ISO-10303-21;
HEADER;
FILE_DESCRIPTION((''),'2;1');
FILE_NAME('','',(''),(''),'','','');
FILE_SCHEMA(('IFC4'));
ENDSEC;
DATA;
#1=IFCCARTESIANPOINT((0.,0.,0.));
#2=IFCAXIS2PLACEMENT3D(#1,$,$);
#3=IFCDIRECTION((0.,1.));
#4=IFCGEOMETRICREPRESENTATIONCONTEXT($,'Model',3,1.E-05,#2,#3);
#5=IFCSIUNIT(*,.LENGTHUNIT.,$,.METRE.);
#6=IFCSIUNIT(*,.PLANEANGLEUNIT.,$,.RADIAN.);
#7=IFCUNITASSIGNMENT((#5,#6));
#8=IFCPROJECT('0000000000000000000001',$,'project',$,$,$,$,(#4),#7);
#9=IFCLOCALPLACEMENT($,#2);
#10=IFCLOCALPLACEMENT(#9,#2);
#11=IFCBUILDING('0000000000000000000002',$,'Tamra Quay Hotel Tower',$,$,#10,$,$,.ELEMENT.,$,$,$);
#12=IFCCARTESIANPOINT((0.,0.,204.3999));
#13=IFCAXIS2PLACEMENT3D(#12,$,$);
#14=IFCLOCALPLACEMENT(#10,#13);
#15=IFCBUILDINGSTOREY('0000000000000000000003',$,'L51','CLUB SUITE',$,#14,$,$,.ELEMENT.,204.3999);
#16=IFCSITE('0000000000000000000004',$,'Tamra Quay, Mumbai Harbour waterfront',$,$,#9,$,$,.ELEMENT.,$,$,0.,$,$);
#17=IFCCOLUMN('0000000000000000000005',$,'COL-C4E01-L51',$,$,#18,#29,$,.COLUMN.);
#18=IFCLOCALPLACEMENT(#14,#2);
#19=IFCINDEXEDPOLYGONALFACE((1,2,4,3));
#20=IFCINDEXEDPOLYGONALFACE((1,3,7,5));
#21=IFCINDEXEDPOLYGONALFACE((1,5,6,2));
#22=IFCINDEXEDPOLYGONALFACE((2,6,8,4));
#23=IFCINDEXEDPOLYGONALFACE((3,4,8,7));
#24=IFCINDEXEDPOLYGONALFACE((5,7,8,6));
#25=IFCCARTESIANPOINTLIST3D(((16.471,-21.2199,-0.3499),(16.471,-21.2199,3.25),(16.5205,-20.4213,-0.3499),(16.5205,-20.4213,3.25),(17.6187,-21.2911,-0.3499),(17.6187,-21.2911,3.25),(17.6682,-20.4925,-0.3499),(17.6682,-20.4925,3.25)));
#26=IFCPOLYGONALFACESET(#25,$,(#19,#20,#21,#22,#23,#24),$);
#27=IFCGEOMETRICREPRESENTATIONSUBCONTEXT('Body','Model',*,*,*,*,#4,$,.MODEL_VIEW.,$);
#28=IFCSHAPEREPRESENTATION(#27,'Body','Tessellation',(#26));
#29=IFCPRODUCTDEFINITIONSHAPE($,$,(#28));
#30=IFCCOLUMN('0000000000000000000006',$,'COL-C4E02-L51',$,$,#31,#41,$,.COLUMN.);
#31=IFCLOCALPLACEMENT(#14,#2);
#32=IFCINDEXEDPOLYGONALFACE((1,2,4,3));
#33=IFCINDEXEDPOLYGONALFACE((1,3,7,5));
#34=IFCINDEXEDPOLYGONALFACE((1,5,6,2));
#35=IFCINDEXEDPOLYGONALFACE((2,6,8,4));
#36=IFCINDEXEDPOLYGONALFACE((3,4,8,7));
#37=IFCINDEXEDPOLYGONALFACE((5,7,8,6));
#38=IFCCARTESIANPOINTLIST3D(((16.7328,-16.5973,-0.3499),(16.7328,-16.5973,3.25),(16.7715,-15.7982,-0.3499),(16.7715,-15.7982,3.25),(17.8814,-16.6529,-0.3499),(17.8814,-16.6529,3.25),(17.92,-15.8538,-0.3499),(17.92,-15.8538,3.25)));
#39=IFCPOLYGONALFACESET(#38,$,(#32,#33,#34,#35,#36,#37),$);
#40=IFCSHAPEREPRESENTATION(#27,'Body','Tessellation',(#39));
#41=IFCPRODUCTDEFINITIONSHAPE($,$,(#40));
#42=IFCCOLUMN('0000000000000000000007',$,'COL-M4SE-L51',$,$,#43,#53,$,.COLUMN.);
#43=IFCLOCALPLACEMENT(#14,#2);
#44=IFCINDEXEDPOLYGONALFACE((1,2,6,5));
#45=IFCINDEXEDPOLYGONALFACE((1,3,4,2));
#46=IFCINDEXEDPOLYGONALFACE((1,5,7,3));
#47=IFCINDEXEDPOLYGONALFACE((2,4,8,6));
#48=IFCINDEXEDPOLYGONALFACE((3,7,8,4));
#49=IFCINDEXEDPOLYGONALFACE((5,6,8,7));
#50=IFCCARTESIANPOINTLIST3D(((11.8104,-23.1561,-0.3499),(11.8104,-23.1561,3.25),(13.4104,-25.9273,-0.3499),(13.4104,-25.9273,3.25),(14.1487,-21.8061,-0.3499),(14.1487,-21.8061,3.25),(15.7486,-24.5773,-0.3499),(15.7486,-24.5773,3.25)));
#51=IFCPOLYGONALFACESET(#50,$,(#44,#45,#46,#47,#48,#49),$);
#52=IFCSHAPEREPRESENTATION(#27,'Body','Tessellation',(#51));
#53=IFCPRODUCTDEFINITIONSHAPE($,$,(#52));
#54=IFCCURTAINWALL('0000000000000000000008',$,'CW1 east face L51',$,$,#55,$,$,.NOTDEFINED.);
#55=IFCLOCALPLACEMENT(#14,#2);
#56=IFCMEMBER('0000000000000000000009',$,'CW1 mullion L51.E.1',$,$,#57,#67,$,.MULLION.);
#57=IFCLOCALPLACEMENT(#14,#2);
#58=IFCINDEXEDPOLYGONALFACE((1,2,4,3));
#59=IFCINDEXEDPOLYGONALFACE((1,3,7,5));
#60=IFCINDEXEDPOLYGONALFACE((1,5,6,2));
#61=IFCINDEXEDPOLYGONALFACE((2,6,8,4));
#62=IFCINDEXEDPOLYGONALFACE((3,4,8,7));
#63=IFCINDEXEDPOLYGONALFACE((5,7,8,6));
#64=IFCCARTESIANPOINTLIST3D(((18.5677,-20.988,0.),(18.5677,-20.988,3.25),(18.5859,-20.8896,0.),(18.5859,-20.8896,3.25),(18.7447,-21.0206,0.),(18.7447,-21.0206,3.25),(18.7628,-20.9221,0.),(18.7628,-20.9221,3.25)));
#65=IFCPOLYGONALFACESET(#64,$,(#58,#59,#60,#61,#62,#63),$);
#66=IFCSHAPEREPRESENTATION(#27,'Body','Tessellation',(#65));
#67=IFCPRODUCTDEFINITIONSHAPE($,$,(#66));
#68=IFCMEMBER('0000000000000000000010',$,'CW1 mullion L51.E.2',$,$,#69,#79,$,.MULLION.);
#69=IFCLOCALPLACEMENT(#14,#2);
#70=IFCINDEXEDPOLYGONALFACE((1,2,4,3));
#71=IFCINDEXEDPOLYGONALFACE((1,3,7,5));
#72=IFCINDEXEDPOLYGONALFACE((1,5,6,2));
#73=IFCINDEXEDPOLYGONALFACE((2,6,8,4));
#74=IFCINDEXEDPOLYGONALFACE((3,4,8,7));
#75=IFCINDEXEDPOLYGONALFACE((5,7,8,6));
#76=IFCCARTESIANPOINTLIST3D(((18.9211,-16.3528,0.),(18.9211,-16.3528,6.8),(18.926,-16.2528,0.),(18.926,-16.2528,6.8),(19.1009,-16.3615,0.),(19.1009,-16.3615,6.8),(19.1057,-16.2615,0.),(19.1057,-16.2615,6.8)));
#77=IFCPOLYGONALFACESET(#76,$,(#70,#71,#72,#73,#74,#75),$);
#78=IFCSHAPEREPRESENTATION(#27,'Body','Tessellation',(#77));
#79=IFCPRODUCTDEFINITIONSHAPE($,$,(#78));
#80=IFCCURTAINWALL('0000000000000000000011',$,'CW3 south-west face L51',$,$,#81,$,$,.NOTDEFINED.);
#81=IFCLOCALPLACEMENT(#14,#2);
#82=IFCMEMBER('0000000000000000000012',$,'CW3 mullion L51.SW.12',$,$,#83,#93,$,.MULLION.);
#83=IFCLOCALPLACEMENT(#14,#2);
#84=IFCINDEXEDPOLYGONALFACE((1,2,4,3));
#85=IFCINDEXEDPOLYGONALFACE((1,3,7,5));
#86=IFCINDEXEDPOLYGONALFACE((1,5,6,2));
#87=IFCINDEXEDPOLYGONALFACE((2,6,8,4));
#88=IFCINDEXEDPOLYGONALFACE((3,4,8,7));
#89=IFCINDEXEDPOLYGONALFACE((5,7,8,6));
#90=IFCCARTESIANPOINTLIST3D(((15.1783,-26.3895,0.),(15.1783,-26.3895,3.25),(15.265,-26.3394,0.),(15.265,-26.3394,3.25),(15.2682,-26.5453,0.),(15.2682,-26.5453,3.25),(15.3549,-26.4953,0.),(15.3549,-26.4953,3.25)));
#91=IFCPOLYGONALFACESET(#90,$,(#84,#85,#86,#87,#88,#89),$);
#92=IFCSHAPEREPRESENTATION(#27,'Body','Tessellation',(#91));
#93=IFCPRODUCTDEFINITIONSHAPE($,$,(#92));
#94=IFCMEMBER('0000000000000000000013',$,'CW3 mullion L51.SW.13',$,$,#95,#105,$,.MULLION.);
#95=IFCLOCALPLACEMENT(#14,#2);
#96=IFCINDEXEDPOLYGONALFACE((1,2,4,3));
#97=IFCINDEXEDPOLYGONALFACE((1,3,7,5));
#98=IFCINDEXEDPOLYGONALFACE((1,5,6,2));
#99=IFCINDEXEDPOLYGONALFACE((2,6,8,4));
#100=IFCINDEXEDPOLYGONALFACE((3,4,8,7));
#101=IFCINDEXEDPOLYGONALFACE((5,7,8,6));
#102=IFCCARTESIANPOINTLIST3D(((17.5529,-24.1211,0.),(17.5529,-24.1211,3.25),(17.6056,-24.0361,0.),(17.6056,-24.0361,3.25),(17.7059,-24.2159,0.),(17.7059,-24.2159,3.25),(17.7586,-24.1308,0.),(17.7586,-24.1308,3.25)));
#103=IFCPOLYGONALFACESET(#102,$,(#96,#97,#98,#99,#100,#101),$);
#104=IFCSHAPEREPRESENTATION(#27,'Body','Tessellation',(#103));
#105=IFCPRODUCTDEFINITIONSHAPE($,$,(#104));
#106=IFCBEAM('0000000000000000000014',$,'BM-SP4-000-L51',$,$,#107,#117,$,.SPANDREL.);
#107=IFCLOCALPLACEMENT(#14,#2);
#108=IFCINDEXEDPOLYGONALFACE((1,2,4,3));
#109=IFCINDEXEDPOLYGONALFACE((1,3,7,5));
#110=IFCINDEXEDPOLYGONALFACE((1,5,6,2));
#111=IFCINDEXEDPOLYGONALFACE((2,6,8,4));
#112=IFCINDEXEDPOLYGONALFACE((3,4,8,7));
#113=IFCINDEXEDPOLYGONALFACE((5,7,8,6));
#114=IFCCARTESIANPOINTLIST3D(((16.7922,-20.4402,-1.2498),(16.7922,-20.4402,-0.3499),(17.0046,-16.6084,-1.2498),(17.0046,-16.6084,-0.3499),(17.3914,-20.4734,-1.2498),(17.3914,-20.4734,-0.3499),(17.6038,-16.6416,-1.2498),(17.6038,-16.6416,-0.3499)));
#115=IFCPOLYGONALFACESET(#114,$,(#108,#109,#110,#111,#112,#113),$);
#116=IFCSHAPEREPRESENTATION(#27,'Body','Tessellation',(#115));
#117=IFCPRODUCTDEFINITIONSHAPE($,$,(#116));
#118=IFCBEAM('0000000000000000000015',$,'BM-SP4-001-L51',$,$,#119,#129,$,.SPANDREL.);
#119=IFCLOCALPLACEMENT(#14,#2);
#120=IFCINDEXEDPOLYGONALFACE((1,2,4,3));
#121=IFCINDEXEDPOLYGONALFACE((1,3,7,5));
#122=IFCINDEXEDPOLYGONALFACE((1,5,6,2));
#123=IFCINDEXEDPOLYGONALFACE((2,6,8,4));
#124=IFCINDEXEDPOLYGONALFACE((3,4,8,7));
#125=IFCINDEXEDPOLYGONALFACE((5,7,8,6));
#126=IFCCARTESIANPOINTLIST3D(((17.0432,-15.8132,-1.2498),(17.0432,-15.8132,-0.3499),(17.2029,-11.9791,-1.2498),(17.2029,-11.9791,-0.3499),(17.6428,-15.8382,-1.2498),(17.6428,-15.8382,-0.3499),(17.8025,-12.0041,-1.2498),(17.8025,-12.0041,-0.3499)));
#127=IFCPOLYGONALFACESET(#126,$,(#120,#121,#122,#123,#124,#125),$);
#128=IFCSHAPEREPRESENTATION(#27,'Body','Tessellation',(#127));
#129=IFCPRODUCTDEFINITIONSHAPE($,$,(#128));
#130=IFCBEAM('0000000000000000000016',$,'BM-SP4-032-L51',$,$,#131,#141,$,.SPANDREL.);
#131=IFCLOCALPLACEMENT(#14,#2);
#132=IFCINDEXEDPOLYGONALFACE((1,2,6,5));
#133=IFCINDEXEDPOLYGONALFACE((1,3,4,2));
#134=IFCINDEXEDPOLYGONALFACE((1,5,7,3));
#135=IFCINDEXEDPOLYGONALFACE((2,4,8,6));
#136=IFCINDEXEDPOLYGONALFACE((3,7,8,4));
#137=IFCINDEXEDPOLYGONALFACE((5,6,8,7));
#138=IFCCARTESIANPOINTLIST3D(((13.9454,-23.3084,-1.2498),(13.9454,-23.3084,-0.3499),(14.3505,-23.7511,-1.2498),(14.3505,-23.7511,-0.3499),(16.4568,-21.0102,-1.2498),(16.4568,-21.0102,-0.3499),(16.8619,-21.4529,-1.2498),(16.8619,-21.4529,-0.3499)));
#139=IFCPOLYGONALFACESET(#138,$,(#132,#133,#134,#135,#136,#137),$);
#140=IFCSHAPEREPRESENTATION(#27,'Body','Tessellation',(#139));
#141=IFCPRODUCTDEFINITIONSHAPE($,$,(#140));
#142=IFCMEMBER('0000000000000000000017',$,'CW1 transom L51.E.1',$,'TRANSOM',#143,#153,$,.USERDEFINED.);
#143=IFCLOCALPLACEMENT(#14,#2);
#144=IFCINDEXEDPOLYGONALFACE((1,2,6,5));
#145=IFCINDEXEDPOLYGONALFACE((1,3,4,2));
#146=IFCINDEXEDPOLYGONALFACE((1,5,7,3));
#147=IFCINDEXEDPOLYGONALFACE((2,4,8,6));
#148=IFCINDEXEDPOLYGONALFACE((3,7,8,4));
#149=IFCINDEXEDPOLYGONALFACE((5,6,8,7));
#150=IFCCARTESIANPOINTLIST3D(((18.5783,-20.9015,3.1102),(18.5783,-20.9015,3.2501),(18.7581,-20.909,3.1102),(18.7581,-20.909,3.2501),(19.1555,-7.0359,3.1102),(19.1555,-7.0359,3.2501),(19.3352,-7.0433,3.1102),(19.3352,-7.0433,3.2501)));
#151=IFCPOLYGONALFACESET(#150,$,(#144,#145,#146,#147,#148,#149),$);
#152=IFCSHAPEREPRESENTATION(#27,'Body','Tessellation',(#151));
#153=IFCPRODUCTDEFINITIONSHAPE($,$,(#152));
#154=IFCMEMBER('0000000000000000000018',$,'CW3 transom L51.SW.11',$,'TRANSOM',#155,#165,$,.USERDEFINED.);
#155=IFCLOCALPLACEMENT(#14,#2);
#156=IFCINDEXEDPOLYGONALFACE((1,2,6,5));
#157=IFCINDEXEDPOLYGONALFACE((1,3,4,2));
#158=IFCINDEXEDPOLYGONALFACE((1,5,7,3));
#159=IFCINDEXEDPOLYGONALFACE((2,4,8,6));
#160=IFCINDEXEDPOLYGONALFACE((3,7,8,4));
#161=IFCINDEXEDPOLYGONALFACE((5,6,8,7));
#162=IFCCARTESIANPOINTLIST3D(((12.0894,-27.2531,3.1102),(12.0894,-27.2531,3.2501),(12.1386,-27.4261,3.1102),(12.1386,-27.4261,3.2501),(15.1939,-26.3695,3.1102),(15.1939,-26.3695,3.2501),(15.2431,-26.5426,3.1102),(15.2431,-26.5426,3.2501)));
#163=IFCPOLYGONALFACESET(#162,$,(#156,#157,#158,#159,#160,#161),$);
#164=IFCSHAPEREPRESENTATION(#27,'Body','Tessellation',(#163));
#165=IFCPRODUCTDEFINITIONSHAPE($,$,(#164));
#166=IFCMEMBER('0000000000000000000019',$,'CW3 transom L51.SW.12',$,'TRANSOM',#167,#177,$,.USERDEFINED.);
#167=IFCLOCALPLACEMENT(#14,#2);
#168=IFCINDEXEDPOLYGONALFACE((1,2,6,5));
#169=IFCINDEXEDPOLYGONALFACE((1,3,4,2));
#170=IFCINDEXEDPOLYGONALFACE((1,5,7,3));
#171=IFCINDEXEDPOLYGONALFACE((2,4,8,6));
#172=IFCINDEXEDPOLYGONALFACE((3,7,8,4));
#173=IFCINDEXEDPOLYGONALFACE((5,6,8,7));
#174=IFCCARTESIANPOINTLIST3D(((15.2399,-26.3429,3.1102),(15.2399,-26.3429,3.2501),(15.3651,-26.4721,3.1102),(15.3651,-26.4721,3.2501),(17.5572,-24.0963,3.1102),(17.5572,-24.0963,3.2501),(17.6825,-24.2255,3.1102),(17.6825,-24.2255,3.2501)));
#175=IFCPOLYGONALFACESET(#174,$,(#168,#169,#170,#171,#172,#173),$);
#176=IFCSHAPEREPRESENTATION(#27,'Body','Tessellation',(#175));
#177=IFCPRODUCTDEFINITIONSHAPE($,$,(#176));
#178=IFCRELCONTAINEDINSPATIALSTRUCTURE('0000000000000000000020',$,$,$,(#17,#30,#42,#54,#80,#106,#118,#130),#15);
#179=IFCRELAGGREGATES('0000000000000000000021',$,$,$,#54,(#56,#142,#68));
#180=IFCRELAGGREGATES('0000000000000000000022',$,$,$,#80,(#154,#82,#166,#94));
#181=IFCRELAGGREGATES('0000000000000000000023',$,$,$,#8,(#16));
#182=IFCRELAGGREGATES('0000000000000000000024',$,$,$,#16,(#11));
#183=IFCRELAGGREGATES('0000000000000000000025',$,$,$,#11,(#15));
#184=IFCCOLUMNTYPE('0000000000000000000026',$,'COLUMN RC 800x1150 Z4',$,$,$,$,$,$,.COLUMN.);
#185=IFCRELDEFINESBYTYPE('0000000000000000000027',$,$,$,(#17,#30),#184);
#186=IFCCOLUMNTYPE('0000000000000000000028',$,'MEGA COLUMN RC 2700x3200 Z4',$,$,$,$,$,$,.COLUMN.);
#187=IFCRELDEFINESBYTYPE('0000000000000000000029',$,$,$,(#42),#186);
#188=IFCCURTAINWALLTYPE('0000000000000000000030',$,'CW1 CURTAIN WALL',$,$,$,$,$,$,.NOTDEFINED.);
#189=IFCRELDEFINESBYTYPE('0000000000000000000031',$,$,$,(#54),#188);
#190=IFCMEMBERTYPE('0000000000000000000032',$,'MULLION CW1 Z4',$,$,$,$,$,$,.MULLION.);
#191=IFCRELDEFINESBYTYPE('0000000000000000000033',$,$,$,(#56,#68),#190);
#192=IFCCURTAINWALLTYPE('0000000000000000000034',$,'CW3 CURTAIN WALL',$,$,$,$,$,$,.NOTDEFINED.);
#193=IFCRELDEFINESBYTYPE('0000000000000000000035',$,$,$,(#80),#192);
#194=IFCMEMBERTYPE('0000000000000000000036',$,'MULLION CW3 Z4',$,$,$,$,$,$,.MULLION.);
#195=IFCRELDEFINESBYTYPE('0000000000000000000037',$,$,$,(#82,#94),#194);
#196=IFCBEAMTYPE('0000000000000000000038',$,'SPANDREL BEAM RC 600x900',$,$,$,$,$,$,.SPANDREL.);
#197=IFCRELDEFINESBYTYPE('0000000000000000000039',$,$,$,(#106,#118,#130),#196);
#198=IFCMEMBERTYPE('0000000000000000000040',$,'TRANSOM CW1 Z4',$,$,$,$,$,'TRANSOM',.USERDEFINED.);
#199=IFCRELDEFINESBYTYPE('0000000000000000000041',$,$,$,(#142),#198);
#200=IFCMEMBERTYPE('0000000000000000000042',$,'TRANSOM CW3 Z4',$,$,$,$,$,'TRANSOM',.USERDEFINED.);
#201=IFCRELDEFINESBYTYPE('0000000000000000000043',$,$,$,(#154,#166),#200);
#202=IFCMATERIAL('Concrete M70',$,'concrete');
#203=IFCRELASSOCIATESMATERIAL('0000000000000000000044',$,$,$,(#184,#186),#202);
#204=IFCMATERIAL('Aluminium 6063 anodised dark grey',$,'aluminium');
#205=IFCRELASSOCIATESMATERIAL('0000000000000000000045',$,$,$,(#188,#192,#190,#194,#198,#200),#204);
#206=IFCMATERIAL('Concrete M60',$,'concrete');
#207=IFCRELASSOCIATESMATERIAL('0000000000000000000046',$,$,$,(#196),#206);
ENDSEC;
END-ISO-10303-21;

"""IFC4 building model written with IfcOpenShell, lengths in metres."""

from ifc_helpers import new_model, si_unit, direction, frame, origin, origin_2d, place, context, subcontext, project, spatial, rectangle, extrude, material, material_profile, profile_set, type_object, element, aggregate, save


model = new_model("IFC4")

# Units and contexts
model_context = context("Model", 3, precision=1e-05, world=origin(), true_north=direction((0.0, 1.0)))
body_context = subcontext(model_context, "Body", "Model", "MODEL_VIEW")
ifc_project = project(units=[si_unit("LENGTHUNIT", "METRE"), si_unit("PLANEANGLEUNIT", "RADIAN")], contexts=[model_context])

# Site, building, storey
site_placement = place(None, origin())
site = spatial("IfcSite", under=ifc_project, at=site_placement, Name="Tamra Quay, Mumbai Harbour waterfront", CompositionType="ELEMENT", RefElevation=0.0)
building_placement = place(site_placement, origin())
building = spatial("IfcBuilding", under=site, at=building_placement, Name="Tamra Quay Hotel Tower", CompositionType="ELEMENT")
storey_placement = place(building_placement, frame((0.0, 0.0, 204.3999)))
storey = spatial("IfcBuildingStorey", under=building, at=storey_placement, Name="L51", Description="CLUB SUITE", CompositionType="ELEMENT", Elevation=204.3999)

# Columns
ifc_material_1 = material(Name="Concrete M70", Category="concrete")
ifc_material_profile_1 = material_profile(ifc_material_1, rectangle(XDim=1.1499, YDim=0.8, at=origin_2d()), Name="COLUMN RC 800x1150 Z4")
ifc_profile_set_1 = profile_set([ifc_material_profile_1], Name="Concrete M70")
column_type_1 = type_object("IfcColumnType", Name="COLUMN RC 800x1150 Z4", PredefinedType="COLUMN", material=ifc_profile_set_1)
for number, where, z_axis, x_axis, name in (
    (1, (17.0696, -20.8562, -0.3499), (0.0, 0.0, 1.0), (-0.998081, 0.061921, 0.0), "COL-C4E01-L51"),
    (2, (17.3264, -16.2256, -0.3499), (0.0, 0.0, 1.0), (-0.998831, 0.048344, 0.0), "COL-C4E02-L51"),
):
    element("IfcColumn", number, at=place(storey_placement, frame(where, z_axis=z_axis, x_axis=x_axis)), inside=storey, type_object=column_type_1, Name=name, PredefinedType="COLUMN", context=body_context, shape_type="SweptSolid", body=[
        extrude(rectangle(XDim=1.1499, YDim=0.8, at=origin_2d()), origin(), (0.0, 0.0, 1.0), 3.5999),
    ])
ifc_material_profile_2 = material_profile(ifc_material_1, rectangle(XDim=3.2, YDim=2.7, at=origin_2d()), Name="MEGA COLUMN RC 2700x3200 Z4")
ifc_profile_set_2 = profile_set([ifc_material_profile_2], Name="Concrete M70")
column_type_2 = type_object("IfcColumnType", Name="MEGA COLUMN RC 2700x3200 Z4", PredefinedType="COLUMN", material=ifc_profile_set_2)
column_placement = place(storey_placement, frame((13.7795, -23.8667, -0.3499), z_axis=(0.0, 0.0, 1.0), x_axis=(-0.5, 0.866025, 0.0)))
element("IfcColumn", 3, at=column_placement, inside=storey, type_object=column_type_2, Name="COL-M4SE-L51", PredefinedType="COLUMN", context=body_context, shape_type="SweptSolid", body=[
    extrude(rectangle(XDim=3.2, YDim=2.7, at=origin_2d()), origin(), (0.0, 0.0, 1.0), 3.5999),
])

# Curtain walls, members
ifc_material_2 = material(Name="Aluminium 6063 anodised dark grey", Category="aluminium")
curtain_wall_type_1 = type_object("IfcCurtainWallType", Name="CW1 CURTAIN WALL", PredefinedType="NOTDEFINED", material=ifc_material_2)
curtain_wall_1_placement = place(storey_placement, origin())
curtain_wall_1 = element("IfcCurtainWall", 4, at=curtain_wall_1_placement, inside=storey, type_object=curtain_wall_type_1, Name="CW1 east face L51", PredefinedType="NOTDEFINED")
ifc_material_profile_3 = material_profile(ifc_material_2, rectangle(XDim=0.1799, YDim=0.1001, at=origin_2d()), Name="MULLION 100X180")
ifc_profile_set_3 = profile_set([ifc_material_profile_3], Name="Aluminium 6063 anodised dark grey")
member_type_1 = type_object("IfcMemberType", Name="MULLION CW1 Z4", PredefinedType="MULLION", material=ifc_profile_set_3)
member_1_placement = place(storey_placement, frame((18.6653, -20.9551, 0.0), z_axis=(0.0, 0.0, 1.0), x_axis=(0.983509, -0.180857, 0.0)))
member_1 = element("IfcMember", 5, at=member_1_placement, type_object=member_type_1, Name="CW1 mullion L51.E.1", PredefinedType="MULLION", context=body_context, shape_type="SweptSolid", body=[
    extrude(rectangle(XDim=0.1799, YDim=0.1001, at=origin_2d()), origin(), (0.0, 0.0, 1.0), 3.25),
])
member_2_placement = place(storey_placement, frame((19.0134, -16.3071, 0.0), z_axis=(0.0, 0.0, 1.0), x_axis=(0.998823, -0.04851, 0.0)))
member_2 = element("IfcMember", 6, at=member_2_placement, type_object=member_type_1, Name="CW1 mullion L51.E.2", PredefinedType="MULLION", context=body_context, shape_type="SweptSolid", body=[
    extrude(rectangle(XDim=0.1799, YDim=0.1001, at=origin_2d()), origin(), (0.0, 0.0, 1.0), 6.8),
])
curtain_wall_type_2 = type_object("IfcCurtainWallType", Name="CW3 CURTAIN WALL", PredefinedType="NOTDEFINED", material=ifc_material_2)
curtain_wall_2_placement = place(storey_placement, origin())
curtain_wall_2 = element("IfcCurtainWall", 7, at=curtain_wall_2_placement, inside=storey, type_object=curtain_wall_type_2, Name="CW3 south-west face L51", PredefinedType="NOTDEFINED")
ifc_material_profile_4 = material_profile(ifc_material_2, rectangle(XDim=0.1799, YDim=0.1001, at=origin_2d()), Name="MULLION 100X180")
ifc_profile_set_4 = profile_set([ifc_material_profile_4], Name="Aluminium 6063 anodised dark grey")
member_type_2 = type_object("IfcMemberType", Name="MULLION CW3 Z4", PredefinedType="MULLION", material=ifc_profile_set_4)
member_3_placement = place(storey_placement, frame((15.2666, -26.4424, 0.0), z_axis=(0.0, 0.0, 1.0), x_axis=(0.5, -0.866025, 0.0)))
member_3 = element("IfcMember", 8, at=member_3_placement, type_object=member_type_2, Name="CW3 mullion L51.SW.12", PredefinedType="MULLION", context=body_context, shape_type="SweptSolid", body=[
    extrude(rectangle(XDim=0.1799, YDim=0.1001, at=origin_2d()), origin(), (0.0, 0.0, 1.0), 3.25),
])
member_4_placement = place(storey_placement, frame((17.6558, -24.126, 0.0), z_axis=(0.0, 0.0, 1.0), x_axis=(0.850122, -0.526586, 0.0)))
member_4 = element("IfcMember", 9, at=member_4_placement, type_object=member_type_2, Name="CW3 mullion L51.SW.13", PredefinedType="MULLION", context=body_context, shape_type="SweptSolid", body=[
    extrude(rectangle(XDim=0.1799, YDim=0.1001, at=origin_2d()), origin(), (0.0, 0.0, 1.0), 3.25),
])

# Beams
ifc_material_3 = material(Name="Concrete M60", Category="concrete")
ifc_material_profile_5 = material_profile(ifc_material_3, rectangle(XDim=0.6001, YDim=0.8999, at=origin_2d()), Name="SPANDREL BEAM RC 600x900")
ifc_profile_set_5 = profile_set([ifc_material_profile_5], Name="Concrete M60")
beam_type = type_object("IfcBeamType", Name="SPANDREL BEAM RC 600x900", PredefinedType="SPANDREL", material=ifc_profile_set_5)
beam_1_placement = place(storey_placement, frame((17.0918, -20.4568, -0.7998), z_axis=(0.055347, 0.998467, 0.0), x_axis=(-0.998467, 0.055347, 0.0)))
element("IfcBeam", 10, at=beam_1_placement, inside=storey, type_object=beam_type, Name="BM-SP4-000-L51", PredefinedType="SPANDREL", context=body_context, shape_type="SweptSolid", body=[
    extrude(rectangle(XDim=0.6001, YDim=0.8999, at=origin_2d()), origin(), (0.0, 0.0, 1.0), 3.8376),
])
beam_2_placement = place(storey_placement, frame((17.343, -15.8257, -0.7998), z_axis=(0.041609, 0.999134, 0.0), x_axis=(-0.999134, 0.041609, 0.0)))
element("IfcBeam", 11, at=beam_2_placement, inside=storey, type_object=beam_type, Name="BM-SP4-001-L51", PredefinedType="SPANDREL", context=body_context, shape_type="SweptSolid", body=[
    extrude(rectangle(XDim=0.6001, YDim=0.8999, at=origin_2d()), origin(), (0.0, 0.0, 1.0), 3.8374),
])
beam_3_placement = place(storey_placement, frame((14.1479, -23.5298, -0.7998), z_axis=(0.737716, 0.675111, 0.0), x_axis=(-0.675111, 0.737716, 0.0)))
element("IfcBeam", 12, at=beam_3_placement, inside=storey, type_object=beam_type, Name="BM-SP4-032-L51", PredefinedType="SPANDREL", context=body_context, shape_type="SweptSolid", body=[
    extrude(rectangle(XDim=0.6001, YDim=0.8999, at=origin_2d()), origin(), (0.0, 0.0, 1.0), 3.4043),
])

# Members
ifc_material_profile_6 = material_profile(ifc_material_2, rectangle(XDim=0.1799, YDim=0.1399, at=origin_2d()), Name="TRANSOM 180X140")
ifc_profile_set_6 = profile_set([ifc_material_profile_6], Name="Aluminium 6063 anodised dark grey")
member_type_3 = type_object("IfcMemberType", Name="TRANSOM CW1 Z4", ElementType="TRANSOM", PredefinedType="USERDEFINED", material=ifc_profile_set_6)
member_5_placement = place(storey_placement, frame((18.6682, -20.9053, 3.1802), z_axis=(0.041588, 0.999135, 0.0), x_axis=(-0.999135, 0.041588, 0.0)))
member_5 = element("IfcMember", 13, at=member_5_placement, type_object=member_type_3, Name="CW1 transom L51.E.1", ObjectType="TRANSOM", PredefinedType="USERDEFINED", context=body_context, shape_type="SweptSolid", body=[
    extrude(rectangle(XDim=0.1799, YDim=0.1399, at=origin_2d()), origin(), (0.0, 0.0, 1.0), 13.8777),
])
ifc_material_profile_7 = material_profile(ifc_material_2, rectangle(XDim=0.1799, YDim=0.1399, at=origin_2d()), Name="TRANSOM 180X140")
ifc_profile_set_7 = profile_set([ifc_material_profile_7], Name="Aluminium 6063 anodised dark grey")
member_type_4 = type_object("IfcMemberType", Name="TRANSOM CW3 Z4", ElementType="TRANSOM", PredefinedType="USERDEFINED", material=ifc_profile_set_7)
member_6_placement = place(storey_placement, frame((12.114, -27.3396, 3.1802), z_axis=(0.961806, 0.273732, 0.0), x_axis=(-0.273732, 0.961806, 0.0)))
member_6 = element("IfcMember", 14, at=member_6_placement, type_object=member_type_4, Name="CW3 transom L51.SW.11", ObjectType="TRANSOM", PredefinedType="USERDEFINED", context=body_context, shape_type="SweptSolid", body=[
    extrude(rectangle(XDim=0.1799, YDim=0.1399, at=origin_2d()), origin(), (0.0, 0.0, 1.0), 3.2278),
])
member_7_placement = place(storey_placement, frame((15.3025, -26.4075, 3.1802), z_axis=(0.71799, 0.696054, 0.0), x_axis=(-0.696054, 0.71799, 0.0)))
member_7 = element("IfcMember", 15, at=member_7_placement, type_object=member_type_4, Name="CW3 transom L51.SW.12", ObjectType="TRANSOM", PredefinedType="USERDEFINED", context=body_context, shape_type="SweptSolid", body=[
    extrude(rectangle(XDim=0.1799, YDim=0.1399, at=origin_2d()), origin(), (0.0, 0.0, 1.0), 3.2275),
])

aggregate(curtain_wall_1, [member_1, member_5, member_2])
aggregate(curtain_wall_2, [member_6, member_3, member_7, member_4])

save(model, "model.ifc")
